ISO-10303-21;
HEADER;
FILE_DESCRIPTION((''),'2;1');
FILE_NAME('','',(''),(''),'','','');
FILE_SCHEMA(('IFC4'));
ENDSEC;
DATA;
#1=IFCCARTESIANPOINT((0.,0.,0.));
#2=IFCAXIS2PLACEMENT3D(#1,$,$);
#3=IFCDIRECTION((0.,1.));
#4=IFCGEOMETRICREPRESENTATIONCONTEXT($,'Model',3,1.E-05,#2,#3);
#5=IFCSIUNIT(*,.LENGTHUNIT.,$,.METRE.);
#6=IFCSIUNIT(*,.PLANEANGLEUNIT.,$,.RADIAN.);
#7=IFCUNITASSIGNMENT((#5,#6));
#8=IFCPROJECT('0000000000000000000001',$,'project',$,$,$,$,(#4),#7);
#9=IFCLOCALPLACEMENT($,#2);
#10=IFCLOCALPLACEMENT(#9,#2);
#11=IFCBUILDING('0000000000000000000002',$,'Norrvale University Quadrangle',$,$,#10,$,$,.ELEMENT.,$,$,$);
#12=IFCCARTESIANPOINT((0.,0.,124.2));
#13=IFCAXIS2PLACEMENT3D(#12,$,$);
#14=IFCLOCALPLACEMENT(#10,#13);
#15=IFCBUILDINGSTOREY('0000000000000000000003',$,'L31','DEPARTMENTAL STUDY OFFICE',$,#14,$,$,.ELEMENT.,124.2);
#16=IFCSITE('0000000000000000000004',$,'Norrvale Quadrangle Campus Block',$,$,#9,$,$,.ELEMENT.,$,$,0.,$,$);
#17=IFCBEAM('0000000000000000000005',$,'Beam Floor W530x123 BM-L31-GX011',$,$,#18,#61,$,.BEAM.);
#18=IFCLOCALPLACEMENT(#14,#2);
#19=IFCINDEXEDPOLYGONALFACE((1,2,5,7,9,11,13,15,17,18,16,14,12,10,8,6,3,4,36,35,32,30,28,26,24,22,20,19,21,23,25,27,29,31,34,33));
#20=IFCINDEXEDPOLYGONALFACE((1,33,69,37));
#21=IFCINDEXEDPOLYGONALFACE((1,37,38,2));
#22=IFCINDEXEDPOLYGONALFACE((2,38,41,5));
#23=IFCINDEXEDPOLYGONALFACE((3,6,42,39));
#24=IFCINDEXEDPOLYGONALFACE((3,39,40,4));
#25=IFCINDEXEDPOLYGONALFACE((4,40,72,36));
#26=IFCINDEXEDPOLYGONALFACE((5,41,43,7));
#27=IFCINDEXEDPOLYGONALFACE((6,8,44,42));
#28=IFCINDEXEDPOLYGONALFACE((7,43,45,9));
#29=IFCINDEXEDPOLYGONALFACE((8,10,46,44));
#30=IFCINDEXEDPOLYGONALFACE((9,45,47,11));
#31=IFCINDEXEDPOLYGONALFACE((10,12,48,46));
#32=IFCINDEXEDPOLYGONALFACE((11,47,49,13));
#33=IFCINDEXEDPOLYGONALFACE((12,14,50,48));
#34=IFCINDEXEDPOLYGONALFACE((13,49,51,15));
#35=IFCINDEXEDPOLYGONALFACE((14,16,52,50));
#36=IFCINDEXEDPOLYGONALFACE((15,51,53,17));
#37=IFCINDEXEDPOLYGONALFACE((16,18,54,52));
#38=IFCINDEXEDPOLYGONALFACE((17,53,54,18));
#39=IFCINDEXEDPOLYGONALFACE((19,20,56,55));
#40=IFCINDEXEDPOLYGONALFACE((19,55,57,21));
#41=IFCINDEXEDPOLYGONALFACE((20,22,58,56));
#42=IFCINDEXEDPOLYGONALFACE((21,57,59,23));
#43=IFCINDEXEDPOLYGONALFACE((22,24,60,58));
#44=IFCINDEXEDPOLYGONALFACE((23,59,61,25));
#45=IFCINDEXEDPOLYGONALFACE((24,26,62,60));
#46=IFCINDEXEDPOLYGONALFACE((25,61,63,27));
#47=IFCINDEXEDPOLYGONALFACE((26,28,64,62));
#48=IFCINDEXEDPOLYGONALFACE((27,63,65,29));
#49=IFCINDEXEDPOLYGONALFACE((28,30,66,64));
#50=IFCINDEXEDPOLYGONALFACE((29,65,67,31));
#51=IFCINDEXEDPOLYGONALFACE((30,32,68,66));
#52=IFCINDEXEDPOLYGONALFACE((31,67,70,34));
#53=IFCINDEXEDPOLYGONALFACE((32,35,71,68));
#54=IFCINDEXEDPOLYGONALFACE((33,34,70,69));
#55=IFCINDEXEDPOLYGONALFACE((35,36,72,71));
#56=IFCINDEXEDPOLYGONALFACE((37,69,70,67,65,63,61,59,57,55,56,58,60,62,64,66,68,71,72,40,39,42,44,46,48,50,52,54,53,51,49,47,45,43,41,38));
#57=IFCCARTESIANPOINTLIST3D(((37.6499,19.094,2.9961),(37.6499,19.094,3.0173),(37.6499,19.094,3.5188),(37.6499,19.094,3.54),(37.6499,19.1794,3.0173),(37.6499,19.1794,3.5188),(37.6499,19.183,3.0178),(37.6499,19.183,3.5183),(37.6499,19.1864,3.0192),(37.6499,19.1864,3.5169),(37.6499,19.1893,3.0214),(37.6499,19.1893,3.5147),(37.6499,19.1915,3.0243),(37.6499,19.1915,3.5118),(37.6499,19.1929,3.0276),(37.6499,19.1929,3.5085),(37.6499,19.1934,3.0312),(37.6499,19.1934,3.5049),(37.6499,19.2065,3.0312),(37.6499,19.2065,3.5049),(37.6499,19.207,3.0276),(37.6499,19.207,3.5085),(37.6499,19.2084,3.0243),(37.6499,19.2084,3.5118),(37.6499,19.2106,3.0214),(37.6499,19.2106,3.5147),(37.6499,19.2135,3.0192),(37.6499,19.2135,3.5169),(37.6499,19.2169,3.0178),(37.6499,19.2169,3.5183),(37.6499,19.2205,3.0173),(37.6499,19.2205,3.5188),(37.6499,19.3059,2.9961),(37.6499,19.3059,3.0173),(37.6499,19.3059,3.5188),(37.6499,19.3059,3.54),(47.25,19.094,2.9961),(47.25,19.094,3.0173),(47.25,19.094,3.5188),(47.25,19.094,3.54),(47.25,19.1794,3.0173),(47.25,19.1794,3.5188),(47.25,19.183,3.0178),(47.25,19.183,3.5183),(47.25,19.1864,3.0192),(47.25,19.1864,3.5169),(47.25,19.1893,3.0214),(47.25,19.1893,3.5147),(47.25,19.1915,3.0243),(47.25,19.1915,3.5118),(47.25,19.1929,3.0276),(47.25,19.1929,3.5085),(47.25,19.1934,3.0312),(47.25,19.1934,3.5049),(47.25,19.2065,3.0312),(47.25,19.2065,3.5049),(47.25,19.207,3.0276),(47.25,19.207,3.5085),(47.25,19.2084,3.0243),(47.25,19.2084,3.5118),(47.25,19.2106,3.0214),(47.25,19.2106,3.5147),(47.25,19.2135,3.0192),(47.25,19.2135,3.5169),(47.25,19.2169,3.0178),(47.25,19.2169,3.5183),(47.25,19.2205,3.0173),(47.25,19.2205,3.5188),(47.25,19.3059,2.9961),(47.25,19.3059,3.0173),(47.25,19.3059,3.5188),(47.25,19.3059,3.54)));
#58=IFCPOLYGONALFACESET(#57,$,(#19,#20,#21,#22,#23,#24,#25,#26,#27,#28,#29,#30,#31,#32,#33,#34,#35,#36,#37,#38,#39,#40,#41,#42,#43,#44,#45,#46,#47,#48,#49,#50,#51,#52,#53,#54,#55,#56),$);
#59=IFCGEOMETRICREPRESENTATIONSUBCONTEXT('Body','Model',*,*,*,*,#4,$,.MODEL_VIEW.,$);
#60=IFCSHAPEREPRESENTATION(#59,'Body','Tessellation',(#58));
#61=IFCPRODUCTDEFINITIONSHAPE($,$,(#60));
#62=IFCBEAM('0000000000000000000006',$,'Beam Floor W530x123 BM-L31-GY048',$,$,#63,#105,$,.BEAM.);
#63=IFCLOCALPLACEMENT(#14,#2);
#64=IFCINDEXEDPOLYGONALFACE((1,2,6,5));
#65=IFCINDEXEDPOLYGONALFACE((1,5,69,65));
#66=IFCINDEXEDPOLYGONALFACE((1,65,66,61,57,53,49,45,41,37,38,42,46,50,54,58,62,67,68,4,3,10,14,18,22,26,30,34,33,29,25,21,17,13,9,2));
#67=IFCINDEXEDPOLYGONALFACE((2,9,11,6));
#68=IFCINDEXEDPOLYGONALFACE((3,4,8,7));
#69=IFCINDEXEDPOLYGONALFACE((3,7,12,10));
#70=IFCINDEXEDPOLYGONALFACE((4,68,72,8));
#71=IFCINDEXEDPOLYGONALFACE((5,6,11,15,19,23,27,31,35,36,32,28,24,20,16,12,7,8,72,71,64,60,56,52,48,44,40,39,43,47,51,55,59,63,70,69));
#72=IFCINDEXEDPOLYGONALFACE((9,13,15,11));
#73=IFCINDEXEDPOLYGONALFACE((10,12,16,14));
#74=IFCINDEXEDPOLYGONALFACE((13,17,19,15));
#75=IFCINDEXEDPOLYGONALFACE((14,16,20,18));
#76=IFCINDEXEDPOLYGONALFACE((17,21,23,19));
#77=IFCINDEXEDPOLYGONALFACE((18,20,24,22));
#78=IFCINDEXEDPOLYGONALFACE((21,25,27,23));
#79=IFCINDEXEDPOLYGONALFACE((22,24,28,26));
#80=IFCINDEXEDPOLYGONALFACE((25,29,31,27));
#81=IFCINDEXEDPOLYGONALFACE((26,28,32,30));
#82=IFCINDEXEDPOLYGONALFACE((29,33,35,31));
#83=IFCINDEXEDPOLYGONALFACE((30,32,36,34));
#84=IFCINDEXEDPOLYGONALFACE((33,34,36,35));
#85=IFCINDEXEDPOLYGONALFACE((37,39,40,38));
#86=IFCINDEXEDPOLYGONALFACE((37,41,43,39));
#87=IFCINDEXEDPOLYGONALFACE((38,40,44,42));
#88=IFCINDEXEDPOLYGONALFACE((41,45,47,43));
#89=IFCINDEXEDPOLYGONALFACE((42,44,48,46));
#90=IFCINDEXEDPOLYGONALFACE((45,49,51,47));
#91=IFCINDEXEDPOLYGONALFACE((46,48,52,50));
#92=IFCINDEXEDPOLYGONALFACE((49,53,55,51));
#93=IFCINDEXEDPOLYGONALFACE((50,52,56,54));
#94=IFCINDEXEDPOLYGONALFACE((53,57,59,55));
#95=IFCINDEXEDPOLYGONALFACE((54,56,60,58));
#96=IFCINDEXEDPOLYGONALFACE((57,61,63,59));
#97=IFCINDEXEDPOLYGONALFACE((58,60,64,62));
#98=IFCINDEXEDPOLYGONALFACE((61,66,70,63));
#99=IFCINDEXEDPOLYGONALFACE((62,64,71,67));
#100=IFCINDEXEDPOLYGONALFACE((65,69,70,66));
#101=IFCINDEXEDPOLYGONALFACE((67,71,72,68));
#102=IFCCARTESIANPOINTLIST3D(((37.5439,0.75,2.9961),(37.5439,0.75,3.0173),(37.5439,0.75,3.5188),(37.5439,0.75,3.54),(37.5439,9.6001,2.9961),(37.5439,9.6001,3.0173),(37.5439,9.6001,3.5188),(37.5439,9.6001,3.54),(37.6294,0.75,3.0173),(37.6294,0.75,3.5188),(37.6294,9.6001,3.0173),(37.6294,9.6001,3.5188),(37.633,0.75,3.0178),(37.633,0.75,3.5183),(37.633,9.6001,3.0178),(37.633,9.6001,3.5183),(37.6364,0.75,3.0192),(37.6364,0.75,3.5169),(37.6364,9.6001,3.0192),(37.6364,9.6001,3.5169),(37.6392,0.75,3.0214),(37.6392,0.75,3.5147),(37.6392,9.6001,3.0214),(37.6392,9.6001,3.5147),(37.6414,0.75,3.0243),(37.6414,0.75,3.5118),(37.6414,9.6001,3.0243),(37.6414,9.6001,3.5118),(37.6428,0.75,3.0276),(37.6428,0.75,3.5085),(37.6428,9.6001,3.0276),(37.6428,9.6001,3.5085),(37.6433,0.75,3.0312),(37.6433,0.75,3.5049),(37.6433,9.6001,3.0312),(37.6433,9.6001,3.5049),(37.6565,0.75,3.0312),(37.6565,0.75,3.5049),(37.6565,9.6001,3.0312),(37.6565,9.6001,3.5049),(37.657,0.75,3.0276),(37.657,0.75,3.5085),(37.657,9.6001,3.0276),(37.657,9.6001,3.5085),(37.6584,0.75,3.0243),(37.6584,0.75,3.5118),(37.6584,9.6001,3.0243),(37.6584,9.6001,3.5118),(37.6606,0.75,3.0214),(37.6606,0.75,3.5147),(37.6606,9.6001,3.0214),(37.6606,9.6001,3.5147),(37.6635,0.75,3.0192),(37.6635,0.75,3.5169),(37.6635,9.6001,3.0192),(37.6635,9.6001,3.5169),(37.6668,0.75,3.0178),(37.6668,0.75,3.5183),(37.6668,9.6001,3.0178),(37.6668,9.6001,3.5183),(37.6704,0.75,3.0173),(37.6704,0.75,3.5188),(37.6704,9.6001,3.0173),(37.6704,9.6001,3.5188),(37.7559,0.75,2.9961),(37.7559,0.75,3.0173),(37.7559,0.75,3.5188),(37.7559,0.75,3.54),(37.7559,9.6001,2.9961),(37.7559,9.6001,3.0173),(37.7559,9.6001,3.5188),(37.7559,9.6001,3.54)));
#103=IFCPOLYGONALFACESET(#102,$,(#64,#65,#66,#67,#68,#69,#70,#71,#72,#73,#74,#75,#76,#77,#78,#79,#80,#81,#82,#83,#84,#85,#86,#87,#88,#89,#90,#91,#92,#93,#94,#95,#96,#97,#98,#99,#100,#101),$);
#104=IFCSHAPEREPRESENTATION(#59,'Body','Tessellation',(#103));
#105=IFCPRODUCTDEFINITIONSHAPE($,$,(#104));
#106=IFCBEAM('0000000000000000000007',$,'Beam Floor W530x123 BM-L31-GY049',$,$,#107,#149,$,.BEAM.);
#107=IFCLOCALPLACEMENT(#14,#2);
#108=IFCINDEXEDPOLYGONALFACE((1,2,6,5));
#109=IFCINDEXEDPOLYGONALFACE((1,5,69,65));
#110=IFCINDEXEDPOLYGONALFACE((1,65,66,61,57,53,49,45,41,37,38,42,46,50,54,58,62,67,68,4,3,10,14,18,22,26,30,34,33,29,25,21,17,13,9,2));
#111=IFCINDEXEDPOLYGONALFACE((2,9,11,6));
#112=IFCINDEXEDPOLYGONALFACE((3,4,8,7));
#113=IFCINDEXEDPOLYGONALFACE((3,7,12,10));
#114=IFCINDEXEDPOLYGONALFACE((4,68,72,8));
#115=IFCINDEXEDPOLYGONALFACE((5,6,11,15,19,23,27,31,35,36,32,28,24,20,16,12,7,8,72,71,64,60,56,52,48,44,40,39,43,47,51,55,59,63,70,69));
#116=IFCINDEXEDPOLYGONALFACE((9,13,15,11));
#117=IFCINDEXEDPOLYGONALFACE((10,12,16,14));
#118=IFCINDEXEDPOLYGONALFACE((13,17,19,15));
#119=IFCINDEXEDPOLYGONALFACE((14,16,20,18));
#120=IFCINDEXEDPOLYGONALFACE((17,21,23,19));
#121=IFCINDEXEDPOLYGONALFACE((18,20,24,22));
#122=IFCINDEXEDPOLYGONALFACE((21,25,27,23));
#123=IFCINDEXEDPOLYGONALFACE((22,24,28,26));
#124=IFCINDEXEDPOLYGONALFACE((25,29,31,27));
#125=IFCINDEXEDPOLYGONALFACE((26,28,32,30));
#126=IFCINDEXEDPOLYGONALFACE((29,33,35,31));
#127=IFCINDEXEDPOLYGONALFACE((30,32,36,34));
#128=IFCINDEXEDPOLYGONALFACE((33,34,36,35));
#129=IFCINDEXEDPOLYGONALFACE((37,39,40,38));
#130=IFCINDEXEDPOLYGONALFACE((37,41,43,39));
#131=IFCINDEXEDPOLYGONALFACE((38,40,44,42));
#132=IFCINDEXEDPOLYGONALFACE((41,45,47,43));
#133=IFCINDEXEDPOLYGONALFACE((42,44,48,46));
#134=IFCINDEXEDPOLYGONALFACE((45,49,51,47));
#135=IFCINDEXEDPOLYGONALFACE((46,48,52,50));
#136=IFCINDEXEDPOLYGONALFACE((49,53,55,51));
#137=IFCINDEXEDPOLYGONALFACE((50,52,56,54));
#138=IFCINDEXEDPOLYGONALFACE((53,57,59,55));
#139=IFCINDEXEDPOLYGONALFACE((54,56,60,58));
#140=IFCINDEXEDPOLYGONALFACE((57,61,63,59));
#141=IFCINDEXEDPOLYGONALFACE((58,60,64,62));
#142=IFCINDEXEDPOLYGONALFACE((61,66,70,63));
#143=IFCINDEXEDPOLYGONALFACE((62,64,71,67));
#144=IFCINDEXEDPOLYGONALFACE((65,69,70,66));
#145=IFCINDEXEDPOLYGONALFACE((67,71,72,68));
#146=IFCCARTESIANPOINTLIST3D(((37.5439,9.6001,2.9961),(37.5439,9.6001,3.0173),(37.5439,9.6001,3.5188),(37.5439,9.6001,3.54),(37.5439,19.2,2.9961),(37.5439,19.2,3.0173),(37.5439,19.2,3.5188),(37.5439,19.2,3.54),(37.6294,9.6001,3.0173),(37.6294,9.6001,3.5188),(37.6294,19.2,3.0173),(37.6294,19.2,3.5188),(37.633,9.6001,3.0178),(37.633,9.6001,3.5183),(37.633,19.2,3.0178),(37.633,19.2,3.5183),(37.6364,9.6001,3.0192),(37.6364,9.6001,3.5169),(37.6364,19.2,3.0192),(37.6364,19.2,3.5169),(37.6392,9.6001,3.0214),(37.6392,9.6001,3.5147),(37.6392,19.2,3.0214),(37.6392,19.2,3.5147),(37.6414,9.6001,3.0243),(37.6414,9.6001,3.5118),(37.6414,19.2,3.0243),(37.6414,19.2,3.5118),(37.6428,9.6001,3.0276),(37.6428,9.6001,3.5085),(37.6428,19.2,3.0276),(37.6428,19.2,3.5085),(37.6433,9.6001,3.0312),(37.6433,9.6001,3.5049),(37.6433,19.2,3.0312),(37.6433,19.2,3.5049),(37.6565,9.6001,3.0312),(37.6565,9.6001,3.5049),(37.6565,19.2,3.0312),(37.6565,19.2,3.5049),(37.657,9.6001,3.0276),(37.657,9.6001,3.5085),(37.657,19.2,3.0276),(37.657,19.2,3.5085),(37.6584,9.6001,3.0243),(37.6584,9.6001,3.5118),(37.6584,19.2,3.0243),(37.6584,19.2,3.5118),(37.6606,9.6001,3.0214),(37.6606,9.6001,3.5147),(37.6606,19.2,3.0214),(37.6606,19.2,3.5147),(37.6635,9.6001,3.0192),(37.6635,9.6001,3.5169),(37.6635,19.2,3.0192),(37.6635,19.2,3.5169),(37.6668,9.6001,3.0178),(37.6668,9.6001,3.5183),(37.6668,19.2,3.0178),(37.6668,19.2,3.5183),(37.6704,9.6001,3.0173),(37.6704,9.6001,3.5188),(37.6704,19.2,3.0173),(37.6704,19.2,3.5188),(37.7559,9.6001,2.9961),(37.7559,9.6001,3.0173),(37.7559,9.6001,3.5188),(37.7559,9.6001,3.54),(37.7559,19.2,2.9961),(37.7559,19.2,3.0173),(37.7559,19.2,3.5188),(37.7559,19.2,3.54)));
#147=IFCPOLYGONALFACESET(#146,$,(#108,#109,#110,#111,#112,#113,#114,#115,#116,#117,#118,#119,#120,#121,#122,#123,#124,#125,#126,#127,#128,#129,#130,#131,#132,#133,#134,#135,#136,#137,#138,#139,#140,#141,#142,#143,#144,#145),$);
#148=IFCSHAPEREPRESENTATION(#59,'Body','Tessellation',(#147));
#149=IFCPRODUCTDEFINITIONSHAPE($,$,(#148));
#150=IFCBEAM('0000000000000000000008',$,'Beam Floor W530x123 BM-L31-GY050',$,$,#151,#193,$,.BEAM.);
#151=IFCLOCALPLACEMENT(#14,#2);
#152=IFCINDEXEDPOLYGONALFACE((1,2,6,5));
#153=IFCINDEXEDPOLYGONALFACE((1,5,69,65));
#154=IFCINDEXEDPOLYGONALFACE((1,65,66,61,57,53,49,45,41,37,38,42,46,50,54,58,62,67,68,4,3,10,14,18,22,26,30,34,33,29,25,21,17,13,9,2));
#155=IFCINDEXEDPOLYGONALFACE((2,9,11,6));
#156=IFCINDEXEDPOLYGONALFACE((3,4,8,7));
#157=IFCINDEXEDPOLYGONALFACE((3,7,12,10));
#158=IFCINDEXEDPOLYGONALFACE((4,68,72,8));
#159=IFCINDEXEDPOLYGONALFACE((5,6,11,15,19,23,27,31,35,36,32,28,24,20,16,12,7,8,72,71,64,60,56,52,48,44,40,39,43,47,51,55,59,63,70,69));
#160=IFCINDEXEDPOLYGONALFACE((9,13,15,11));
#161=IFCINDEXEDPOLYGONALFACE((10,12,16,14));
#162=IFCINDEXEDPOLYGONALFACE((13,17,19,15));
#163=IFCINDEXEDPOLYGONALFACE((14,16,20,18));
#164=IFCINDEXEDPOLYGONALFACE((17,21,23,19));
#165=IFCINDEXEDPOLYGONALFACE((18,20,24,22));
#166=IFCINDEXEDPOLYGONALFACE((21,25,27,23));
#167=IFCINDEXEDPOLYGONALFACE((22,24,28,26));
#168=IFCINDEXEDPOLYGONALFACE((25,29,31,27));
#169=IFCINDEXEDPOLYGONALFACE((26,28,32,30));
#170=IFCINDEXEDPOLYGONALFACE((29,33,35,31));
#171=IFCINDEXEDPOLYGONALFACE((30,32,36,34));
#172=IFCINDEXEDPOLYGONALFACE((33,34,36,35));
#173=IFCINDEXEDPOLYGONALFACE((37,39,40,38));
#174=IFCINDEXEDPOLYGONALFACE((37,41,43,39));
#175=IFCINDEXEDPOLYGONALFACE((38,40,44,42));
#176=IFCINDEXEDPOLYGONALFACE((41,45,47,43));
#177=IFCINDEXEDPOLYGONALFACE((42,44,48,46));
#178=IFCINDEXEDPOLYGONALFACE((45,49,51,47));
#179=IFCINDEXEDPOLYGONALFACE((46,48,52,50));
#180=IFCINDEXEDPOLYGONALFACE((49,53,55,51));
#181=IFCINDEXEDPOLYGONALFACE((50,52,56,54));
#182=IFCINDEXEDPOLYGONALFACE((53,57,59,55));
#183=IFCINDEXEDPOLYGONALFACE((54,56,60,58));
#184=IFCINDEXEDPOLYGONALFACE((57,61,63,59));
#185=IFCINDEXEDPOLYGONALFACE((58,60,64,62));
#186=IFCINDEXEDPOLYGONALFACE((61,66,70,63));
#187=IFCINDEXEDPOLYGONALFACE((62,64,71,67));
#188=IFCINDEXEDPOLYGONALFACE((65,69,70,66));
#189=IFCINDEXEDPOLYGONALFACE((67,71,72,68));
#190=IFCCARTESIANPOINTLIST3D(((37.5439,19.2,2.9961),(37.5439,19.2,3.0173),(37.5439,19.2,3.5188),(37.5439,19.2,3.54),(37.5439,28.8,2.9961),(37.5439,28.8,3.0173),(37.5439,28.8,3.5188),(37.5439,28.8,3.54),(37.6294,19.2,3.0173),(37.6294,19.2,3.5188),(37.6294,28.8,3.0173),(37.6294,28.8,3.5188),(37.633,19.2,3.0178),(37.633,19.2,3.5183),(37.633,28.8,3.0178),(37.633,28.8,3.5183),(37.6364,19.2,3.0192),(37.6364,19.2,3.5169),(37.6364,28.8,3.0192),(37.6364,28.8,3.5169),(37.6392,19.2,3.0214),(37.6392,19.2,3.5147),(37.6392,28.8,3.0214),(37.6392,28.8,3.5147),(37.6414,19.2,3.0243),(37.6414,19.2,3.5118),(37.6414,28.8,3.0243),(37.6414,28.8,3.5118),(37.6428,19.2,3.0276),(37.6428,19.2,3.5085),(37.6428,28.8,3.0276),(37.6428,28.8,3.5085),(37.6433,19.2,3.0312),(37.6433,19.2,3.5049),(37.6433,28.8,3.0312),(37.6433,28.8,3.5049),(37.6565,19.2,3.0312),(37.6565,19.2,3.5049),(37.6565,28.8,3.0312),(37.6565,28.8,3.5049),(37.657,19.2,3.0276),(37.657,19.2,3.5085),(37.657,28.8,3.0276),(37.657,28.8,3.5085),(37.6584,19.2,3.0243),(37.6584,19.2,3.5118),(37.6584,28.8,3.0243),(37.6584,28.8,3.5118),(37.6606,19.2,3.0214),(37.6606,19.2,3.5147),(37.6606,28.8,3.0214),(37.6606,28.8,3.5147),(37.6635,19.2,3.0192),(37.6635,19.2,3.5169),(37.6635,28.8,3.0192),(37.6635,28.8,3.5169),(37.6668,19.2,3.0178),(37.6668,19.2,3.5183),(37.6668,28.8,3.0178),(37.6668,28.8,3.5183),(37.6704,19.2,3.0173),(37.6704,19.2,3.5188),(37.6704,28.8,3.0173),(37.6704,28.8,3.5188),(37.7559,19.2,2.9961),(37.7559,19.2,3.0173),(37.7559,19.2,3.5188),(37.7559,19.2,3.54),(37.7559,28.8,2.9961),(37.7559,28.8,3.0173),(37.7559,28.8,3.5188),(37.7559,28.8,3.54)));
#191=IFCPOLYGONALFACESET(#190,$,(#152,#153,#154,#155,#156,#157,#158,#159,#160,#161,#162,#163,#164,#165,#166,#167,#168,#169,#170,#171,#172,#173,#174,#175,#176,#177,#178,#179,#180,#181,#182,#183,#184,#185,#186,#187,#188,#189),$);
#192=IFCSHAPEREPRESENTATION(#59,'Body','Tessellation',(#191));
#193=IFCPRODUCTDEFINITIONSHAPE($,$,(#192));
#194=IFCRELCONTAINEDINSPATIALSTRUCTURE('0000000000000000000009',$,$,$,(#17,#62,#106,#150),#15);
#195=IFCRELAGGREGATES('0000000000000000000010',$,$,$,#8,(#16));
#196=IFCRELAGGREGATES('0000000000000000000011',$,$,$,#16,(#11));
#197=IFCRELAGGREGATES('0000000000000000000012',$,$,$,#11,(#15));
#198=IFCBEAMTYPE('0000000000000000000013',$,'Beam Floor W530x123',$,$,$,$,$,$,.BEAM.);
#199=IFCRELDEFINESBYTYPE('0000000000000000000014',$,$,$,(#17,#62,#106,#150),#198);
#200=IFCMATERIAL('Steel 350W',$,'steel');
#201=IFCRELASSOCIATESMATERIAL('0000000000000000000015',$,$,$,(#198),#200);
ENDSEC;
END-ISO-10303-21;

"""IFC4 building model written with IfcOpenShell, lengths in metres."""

from ifc_helpers import new_model, si_unit, direction, frame, origin, origin_2d, place, context, subcontext, project, spatial, i_section, extrude, material, material_profile, profile_set, type_object, element, save


model = new_model("IFC4")

# Units and contexts
model_context = context("Model", 3, precision=1e-05, world=origin(), true_north=direction((0.0, 1.0)))
body_context = subcontext(model_context, "Body", "Model", "MODEL_VIEW")
ifc_project = project(units=[si_unit("LENGTHUNIT", "METRE"), si_unit("PLANEANGLEUNIT", "RADIAN")], contexts=[model_context])

# Site, building, storey
site_placement = place(None, origin())
site = spatial("IfcSite", under=ifc_project, at=site_placement, Name="Norrvale Quadrangle Campus Block", CompositionType="ELEMENT", RefElevation=0.0)
building_placement = place(site_placement, origin())
building = spatial("IfcBuilding", under=site, at=building_placement, Name="Norrvale University Quadrangle", CompositionType="ELEMENT")
storey_placement = place(building_placement, frame((0.0, 0.0, 124.2)))
storey = spatial("IfcBuildingStorey", under=building, at=storey_placement, Name="L31", Description="DEPARTMENTAL STUDY OFFICE", CompositionType="ELEMENT", Elevation=124.2)

# Beams
ifc_material_1 = material(Name="Steel 350W", Category="steel")
ifc_material_profile_1 = material_profile(ifc_material_1, i_section(OverallWidth=0.2119, OverallDepth=0.5439, WebThickness=0.0132, FlangeThickness=0.0212, FilletRadius=0.0139, at=origin_2d()), Name="Steel 350W")
ifc_profile_set_1 = profile_set([ifc_material_profile_1], Name="Steel 350W")
beam_type_1 = type_object("IfcBeamType", Name="Beam Floor W530x123", PredefinedType="BEAM", material=ifc_profile_set_1)
for number, where, z_axis, x_axis, name in (
    (1, (37.6499, 19.2, 3.2681), (1.0, 0.0, 0.0), (0.0, 1.0, 0.0), "Beam Floor W530x123 BM-L31-GX011"),
):
    element("IfcBeam", number, at=place(storey_placement, frame(where, z_axis=z_axis, x_axis=x_axis)), inside=storey, type_object=beam_type_1, Name=name, PredefinedType="BEAM", context=body_context, shape_type="SweptSolid", body=[
        extrude(i_section(OverallWidth=0.2119, OverallDepth=0.5439, WebThickness=0.0132, FlangeThickness=0.0212, FilletRadius=0.0139, at=origin_2d()), origin(), (0.0, 0.0, 1.0), 9.6001),
    ])
beam_1_placement = place(storey_placement, frame((37.6499, 0.75, 3.2681), z_axis=(0.0, 1.0, 0.0), x_axis=(-1.0, 0.0, 0.0)))
element("IfcBeam", 2, at=beam_1_placement, inside=storey, type_object=beam_type_1, Name="Beam Floor W530x123 BM-L31-GY048", PredefinedType="BEAM", context=body_context, shape_type="SweptSolid", body=[
    extrude(i_section(OverallWidth=0.2119, OverallDepth=0.5439, WebThickness=0.0132, FlangeThickness=0.0212, FilletRadius=0.0139, at=origin_2d()), origin(), (0.0, 0.0, 1.0), 8.8501),
])
beam_2_placement = place(storey_placement, frame((37.6499, 9.6001, 3.2681), z_axis=(0.0, 1.0, 0.0), x_axis=(-1.0, 0.0, 0.0)))
element("IfcBeam", 3, at=beam_2_placement, inside=storey, type_object=beam_type_1, Name="Beam Floor W530x123 BM-L31-GY049", PredefinedType="BEAM", context=body_context, shape_type="SweptSolid", body=[
    extrude(i_section(OverallWidth=0.2119, OverallDepth=0.5439, WebThickness=0.0132, FlangeThickness=0.0212, FilletRadius=0.0139, at=origin_2d()), origin(), (0.0, 0.0, 1.0), 9.5999),
])
beam_3_placement = place(storey_placement, frame((37.6499, 19.2, 3.2681), z_axis=(0.0, 1.0, 0.0), x_axis=(-1.0, 0.0, 0.0)))
element("IfcBeam", 4, at=beam_3_placement, inside=storey, type_object=beam_type_1, Name="Beam Floor W530x123 BM-L31-GY050", PredefinedType="BEAM", context=body_context, shape_type="SweptSolid", body=[
    extrude(i_section(OverallWidth=0.2119, OverallDepth=0.5439, WebThickness=0.0132, FlangeThickness=0.0212, FilletRadius=0.0139, at=origin_2d()), origin(), (0.0, 0.0, 1.0), 9.6001),
])

save(model, "model.ifc")
